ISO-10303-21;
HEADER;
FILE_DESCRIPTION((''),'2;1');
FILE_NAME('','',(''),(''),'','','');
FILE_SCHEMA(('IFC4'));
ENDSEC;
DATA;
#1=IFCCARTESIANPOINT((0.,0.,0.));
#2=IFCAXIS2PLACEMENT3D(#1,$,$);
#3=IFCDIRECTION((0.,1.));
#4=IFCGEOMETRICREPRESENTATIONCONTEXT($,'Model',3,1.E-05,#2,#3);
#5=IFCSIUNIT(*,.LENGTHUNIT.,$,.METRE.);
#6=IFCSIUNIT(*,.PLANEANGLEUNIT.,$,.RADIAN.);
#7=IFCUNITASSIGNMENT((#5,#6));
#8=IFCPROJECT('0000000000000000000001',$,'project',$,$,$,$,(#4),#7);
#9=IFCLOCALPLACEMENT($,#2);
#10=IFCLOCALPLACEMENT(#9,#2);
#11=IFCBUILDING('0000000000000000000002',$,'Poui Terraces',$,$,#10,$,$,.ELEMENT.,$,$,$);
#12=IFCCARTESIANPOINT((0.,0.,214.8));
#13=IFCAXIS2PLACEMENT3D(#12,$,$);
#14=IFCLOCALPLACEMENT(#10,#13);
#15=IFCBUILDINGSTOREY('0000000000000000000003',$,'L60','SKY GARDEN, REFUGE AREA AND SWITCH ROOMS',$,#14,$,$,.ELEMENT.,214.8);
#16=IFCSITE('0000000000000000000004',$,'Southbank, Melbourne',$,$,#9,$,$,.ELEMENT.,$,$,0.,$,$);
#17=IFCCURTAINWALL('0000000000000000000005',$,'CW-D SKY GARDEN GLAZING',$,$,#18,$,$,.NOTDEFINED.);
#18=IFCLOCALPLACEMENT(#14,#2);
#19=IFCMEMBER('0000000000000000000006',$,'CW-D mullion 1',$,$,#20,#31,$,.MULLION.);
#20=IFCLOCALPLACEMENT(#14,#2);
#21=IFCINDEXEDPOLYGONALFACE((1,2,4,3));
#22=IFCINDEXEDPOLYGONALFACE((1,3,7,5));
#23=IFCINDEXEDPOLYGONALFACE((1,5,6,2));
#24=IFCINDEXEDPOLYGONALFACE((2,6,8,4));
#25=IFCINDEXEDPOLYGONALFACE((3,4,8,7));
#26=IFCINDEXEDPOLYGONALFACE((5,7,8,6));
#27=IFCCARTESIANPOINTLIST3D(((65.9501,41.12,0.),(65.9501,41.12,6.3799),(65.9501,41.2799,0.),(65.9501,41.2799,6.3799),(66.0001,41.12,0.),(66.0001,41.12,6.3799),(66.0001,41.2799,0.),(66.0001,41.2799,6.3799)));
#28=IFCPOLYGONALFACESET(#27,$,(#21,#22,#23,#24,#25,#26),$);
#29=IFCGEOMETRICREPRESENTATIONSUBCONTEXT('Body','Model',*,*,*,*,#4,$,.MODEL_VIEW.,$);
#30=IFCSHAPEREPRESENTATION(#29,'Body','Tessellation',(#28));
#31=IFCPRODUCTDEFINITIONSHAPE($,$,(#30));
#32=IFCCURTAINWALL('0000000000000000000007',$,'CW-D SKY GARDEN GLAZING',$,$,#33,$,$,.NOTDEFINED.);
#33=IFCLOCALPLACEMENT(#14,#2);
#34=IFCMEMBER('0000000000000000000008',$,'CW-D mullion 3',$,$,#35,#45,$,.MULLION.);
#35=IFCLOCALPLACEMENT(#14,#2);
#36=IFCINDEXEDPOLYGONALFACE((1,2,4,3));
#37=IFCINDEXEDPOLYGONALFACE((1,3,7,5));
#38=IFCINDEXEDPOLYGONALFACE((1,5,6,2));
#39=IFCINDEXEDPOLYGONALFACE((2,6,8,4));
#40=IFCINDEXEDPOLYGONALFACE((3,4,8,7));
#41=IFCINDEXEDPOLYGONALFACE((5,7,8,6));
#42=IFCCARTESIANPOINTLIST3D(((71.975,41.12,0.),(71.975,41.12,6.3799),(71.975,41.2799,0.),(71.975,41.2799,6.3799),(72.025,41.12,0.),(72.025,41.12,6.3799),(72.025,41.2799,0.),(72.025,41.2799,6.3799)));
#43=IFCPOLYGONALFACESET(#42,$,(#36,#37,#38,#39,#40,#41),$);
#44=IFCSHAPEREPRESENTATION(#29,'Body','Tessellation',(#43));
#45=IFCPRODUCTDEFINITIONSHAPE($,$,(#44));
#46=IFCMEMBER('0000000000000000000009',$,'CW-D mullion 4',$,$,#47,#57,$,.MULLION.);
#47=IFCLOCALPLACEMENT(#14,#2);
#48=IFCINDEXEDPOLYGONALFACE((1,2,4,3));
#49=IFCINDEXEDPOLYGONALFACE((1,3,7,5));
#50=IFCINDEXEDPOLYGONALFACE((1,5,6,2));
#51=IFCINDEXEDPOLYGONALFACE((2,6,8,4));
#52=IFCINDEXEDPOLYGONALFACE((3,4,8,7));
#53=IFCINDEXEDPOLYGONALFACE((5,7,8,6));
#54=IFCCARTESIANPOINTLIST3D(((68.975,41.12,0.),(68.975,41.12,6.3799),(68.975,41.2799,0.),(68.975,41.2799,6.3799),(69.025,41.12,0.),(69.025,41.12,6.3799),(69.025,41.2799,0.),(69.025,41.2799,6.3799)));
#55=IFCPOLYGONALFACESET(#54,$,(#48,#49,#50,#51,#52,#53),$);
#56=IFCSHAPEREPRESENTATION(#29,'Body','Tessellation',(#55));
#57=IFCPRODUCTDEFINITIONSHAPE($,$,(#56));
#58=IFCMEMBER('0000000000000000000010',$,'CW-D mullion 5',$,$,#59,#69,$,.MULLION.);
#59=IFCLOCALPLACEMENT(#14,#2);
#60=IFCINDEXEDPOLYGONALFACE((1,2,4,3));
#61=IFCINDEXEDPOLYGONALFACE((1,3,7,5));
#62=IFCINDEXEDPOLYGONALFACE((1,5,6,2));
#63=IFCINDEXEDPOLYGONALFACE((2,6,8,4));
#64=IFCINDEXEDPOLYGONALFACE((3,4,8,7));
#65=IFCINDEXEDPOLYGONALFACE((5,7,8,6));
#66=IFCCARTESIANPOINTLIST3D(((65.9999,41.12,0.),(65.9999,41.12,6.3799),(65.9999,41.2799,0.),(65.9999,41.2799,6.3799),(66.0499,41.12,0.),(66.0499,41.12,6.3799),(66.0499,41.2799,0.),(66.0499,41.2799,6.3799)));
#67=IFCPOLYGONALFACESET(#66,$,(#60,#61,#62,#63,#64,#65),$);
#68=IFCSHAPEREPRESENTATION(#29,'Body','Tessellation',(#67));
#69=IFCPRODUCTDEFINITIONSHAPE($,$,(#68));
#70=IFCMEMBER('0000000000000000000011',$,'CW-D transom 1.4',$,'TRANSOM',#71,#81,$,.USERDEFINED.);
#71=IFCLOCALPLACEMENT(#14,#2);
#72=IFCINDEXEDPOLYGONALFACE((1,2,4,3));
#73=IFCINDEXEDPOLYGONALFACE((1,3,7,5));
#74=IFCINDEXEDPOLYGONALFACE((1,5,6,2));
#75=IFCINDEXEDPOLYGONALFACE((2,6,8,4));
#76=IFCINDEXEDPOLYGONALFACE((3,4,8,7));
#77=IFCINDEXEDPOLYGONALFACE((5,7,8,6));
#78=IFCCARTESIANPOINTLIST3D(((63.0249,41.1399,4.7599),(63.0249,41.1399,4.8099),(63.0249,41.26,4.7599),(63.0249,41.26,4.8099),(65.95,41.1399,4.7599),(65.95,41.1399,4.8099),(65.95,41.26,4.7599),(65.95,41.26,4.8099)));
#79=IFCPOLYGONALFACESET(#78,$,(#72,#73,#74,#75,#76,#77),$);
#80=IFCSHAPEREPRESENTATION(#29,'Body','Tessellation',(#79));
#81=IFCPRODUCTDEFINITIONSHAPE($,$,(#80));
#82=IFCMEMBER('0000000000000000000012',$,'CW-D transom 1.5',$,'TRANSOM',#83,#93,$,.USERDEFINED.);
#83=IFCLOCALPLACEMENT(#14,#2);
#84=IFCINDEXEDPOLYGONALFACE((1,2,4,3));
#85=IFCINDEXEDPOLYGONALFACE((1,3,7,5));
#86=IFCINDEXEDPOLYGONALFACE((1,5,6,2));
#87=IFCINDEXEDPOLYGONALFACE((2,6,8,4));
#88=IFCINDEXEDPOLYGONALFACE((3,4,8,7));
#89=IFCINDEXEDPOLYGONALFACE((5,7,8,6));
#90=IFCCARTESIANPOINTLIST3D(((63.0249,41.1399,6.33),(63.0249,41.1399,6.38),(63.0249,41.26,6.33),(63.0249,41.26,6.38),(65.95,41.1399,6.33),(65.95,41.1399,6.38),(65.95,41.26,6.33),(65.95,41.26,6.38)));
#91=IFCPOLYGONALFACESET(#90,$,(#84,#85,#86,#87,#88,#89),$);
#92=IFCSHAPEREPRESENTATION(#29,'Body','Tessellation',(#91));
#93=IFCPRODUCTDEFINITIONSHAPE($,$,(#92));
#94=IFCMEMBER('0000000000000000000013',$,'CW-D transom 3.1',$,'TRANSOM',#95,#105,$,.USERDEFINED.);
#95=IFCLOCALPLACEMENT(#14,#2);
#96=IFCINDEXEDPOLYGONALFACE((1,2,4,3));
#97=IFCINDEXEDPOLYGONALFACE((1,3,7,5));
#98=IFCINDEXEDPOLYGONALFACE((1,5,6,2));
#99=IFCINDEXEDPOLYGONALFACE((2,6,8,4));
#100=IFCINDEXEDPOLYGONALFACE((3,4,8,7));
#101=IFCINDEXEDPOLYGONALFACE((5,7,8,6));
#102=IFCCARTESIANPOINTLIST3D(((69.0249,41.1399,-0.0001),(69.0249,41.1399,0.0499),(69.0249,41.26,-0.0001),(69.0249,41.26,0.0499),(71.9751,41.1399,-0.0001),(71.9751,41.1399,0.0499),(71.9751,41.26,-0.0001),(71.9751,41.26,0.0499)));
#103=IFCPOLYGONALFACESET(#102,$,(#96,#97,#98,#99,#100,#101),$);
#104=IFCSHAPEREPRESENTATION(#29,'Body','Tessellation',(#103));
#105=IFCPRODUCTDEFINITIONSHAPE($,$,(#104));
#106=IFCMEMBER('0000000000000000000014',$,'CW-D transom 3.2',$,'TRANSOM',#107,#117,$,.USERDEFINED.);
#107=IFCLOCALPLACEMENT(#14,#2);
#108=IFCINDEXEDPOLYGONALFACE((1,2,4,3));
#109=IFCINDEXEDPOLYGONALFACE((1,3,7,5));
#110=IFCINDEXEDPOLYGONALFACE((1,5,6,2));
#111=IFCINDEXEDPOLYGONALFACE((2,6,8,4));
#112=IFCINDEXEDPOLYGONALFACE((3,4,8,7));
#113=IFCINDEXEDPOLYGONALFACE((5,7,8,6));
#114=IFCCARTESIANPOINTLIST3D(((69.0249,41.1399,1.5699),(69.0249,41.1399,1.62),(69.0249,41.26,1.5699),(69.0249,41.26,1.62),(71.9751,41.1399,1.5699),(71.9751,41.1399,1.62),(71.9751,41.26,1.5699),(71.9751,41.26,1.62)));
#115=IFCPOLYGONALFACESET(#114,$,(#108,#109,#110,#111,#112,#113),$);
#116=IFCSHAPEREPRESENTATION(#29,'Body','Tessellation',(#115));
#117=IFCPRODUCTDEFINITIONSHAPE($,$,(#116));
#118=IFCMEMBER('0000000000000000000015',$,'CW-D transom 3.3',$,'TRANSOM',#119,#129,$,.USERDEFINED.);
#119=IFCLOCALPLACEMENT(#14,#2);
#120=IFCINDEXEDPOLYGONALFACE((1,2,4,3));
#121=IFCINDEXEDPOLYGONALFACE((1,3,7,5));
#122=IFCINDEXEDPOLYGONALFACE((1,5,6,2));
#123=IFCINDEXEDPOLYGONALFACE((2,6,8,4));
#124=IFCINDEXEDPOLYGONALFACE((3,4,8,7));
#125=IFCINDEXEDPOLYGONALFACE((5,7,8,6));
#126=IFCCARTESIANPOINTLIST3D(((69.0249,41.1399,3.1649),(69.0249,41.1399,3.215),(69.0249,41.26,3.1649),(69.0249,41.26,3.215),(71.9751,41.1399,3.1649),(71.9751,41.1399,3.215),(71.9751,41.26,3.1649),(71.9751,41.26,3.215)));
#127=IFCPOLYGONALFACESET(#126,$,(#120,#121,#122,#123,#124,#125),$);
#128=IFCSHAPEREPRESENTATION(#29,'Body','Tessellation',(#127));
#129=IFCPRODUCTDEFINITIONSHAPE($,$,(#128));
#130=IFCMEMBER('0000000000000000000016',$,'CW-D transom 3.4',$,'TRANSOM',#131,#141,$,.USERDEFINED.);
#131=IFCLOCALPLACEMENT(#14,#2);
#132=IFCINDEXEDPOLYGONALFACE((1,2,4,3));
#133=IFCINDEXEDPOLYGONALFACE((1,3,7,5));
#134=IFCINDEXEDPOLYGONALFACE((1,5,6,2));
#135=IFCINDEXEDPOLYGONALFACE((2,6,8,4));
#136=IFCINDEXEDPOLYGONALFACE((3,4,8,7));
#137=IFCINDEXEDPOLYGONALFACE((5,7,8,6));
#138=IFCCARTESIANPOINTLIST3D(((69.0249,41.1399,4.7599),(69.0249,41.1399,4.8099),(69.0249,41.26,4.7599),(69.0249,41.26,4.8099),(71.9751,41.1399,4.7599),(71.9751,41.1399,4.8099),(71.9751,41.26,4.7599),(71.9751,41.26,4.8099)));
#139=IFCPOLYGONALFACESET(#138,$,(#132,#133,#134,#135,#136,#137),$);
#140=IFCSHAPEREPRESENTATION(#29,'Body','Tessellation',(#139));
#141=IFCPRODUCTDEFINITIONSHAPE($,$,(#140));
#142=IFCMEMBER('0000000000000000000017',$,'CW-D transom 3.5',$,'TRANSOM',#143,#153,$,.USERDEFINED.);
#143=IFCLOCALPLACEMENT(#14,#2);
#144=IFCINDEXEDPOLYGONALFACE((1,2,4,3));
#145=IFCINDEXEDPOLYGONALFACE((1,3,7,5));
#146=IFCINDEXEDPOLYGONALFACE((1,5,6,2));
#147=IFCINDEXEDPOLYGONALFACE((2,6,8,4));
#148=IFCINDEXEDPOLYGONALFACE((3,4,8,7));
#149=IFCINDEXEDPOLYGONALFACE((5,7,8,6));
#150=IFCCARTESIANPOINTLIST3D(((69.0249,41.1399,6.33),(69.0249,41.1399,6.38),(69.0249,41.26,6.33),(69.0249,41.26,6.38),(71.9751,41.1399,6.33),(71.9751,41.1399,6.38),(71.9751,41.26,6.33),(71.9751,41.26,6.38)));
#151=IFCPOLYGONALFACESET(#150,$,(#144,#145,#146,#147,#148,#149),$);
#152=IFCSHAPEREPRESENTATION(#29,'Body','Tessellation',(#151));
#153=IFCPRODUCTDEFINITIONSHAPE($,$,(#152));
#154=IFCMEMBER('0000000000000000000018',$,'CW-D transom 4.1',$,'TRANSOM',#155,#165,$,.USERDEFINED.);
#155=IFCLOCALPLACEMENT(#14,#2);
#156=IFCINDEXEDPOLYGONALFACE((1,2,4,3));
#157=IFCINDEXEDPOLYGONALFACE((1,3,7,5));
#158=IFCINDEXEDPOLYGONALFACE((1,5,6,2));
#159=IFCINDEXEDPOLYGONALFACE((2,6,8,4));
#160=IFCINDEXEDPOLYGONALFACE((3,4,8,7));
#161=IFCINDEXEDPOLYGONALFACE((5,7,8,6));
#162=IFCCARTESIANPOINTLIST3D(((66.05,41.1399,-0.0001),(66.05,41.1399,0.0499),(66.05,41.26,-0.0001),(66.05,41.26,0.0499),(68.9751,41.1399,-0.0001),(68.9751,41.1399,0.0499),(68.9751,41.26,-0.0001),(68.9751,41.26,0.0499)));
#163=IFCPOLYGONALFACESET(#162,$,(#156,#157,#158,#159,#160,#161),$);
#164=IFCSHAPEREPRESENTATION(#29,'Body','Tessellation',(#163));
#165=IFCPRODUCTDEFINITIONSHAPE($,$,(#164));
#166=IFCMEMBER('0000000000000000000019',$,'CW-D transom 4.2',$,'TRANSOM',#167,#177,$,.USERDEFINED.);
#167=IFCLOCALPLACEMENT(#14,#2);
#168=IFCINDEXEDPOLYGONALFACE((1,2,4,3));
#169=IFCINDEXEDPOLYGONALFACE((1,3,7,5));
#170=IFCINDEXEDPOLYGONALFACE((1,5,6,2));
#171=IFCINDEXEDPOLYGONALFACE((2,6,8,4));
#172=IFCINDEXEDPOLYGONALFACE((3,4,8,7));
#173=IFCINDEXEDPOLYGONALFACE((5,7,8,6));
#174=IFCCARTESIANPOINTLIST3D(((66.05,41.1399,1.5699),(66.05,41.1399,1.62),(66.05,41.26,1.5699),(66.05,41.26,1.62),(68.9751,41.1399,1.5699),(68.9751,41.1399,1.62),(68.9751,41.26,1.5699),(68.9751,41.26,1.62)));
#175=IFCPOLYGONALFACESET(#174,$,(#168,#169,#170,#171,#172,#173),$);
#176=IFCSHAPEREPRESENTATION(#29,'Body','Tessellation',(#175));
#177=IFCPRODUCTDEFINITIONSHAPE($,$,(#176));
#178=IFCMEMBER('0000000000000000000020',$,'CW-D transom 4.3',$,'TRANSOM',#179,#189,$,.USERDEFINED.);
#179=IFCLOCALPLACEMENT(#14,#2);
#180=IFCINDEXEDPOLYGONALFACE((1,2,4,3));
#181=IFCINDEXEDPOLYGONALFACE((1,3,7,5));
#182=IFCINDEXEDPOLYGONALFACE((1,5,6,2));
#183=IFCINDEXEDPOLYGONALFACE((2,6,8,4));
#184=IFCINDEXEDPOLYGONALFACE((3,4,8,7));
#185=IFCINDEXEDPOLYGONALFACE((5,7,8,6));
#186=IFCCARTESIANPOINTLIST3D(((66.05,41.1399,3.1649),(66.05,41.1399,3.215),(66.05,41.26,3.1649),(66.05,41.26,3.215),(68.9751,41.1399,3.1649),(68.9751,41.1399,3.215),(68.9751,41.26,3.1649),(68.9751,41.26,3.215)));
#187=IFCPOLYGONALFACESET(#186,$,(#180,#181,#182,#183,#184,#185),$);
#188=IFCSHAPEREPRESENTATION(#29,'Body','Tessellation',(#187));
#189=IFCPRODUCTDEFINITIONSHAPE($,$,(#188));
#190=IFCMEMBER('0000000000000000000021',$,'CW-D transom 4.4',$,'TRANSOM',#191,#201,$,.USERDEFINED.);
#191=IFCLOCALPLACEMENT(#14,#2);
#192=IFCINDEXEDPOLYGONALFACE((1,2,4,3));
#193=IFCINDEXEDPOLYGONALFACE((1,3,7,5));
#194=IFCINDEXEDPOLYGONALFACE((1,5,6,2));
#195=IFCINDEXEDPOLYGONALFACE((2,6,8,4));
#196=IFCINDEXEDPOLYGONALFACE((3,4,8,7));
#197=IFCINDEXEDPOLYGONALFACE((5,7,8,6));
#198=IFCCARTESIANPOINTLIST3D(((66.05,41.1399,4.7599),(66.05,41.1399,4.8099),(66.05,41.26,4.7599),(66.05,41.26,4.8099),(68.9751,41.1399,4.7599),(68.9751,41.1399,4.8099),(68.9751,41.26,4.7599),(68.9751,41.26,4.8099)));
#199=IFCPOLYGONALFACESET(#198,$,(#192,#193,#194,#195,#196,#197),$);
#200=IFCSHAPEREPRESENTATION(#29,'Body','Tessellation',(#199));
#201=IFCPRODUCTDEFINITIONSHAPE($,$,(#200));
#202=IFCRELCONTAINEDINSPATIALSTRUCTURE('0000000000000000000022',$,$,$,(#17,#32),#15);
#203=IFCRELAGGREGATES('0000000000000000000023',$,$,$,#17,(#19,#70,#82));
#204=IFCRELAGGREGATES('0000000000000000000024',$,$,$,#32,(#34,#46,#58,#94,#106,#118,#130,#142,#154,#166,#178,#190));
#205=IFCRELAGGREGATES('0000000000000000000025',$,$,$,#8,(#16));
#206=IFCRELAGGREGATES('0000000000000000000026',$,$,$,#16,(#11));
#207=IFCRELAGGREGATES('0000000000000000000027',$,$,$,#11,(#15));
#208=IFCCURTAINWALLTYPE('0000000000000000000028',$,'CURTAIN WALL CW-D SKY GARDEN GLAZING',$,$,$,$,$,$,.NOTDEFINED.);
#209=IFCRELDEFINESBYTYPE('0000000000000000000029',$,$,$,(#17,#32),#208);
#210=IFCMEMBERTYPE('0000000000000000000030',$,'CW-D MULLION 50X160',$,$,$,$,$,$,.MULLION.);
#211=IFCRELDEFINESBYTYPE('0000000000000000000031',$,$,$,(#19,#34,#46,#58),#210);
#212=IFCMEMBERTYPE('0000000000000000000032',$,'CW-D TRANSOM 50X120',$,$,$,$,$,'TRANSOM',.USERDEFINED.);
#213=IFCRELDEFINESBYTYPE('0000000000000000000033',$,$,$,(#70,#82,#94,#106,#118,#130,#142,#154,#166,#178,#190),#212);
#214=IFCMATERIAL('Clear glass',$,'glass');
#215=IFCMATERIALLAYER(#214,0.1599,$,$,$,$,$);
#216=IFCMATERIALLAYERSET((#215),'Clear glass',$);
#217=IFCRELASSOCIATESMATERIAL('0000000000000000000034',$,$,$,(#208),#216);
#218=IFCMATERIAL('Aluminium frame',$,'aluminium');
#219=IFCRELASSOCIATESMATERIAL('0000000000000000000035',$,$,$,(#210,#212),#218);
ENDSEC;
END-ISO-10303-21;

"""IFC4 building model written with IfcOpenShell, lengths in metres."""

from ifc_helpers import new_model, si_unit, direction, frame, origin, origin_2d, place, context, subcontext, project, spatial, rectangle, extrude, material, layer, layer_set, material_profile, profile_set, type_object, element, aggregate, save


model = new_model("IFC4")

# Units and contexts
model_context = context("Model", 3, precision=1e-05, world=origin(), true_north=direction((0.0, 1.0)))
body_context = subcontext(model_context, "Body", "Model", "MODEL_VIEW")
ifc_project = project(units=[si_unit("LENGTHUNIT", "METRE"), si_unit("PLANEANGLEUNIT", "RADIAN")], contexts=[model_context])

# Site, building, storey
site_placement = place(None, origin())
site = spatial("IfcSite", under=ifc_project, at=site_placement, Name="Southbank, Melbourne", CompositionType="ELEMENT", RefElevation=0.0)
building_placement = place(site_placement, origin())
building = spatial("IfcBuilding", under=site, at=building_placement, Name="Poui Terraces", CompositionType="ELEMENT")
storey_placement = place(building_placement, frame((0.0, 0.0, 214.8)))
storey = spatial("IfcBuildingStorey", under=building, at=storey_placement, Name="L60", Description="SKY GARDEN, REFUGE AREA AND SWITCH ROOMS", CompositionType="ELEMENT", Elevation=214.8)

# Curtain wall, member
ifc_material_1 = material(Name="Clear glass", Category="glass")
ifc_layer_1 = layer(ifc_material_1, 0.1599)
ifc_layer_set_1 = layer_set([ifc_layer_1], Name="Clear glass")
curtain_wall_type = type_object("IfcCurtainWallType", Name="CURTAIN WALL CW-D SKY GARDEN GLAZING", PredefinedType="NOTDEFINED", material=ifc_layer_set_1)
curtain_wall_1_placement = place(storey_placement, origin())
curtain_wall_1 = element("IfcCurtainWall", 1, at=curtain_wall_1_placement, inside=storey, type_object=curtain_wall_type, Name="CW-D SKY GARDEN GLAZING", PredefinedType="NOTDEFINED")
ifc_material_2 = material(Name="Aluminium frame", Category="aluminium")
ifc_material_profile_1 = material_profile(ifc_material_2, rectangle(XDim=0.1599, YDim=0.05, at=origin_2d()), Name="CW-D MULLION 50X160")
ifc_profile_set_1 = profile_set([ifc_material_profile_1], Name="Aluminium frame")
member_type_1 = type_object("IfcMemberType", Name="CW-D MULLION 50X160", PredefinedType="MULLION", material=ifc_profile_set_1)
member_1_placement = place(storey_placement, frame((65.9751, 41.2, 0.0), z_axis=(0.0, 0.0, 1.0), x_axis=(0.0, -1.0, 0.0)))
member_1 = element("IfcMember", 2, at=member_1_placement, type_object=member_type_1, Name="CW-D mullion 1", PredefinedType="MULLION", context=body_context, shape_type="SweptSolid", body=[
    extrude(rectangle(XDim=0.1599, YDim=0.05, at=origin_2d()), origin(), (0.0, 0.0, 1.0), 6.3799),
])

# Curtain wall, members
curtain_wall_2_placement = place(storey_placement, origin())
curtain_wall_2 = element("IfcCurtainWall", 3, at=curtain_wall_2_placement, inside=storey, type_object=curtain_wall_type, Name="CW-D SKY GARDEN GLAZING", PredefinedType="NOTDEFINED")
member_2_placement = place(storey_placement, frame((72.0, 41.2, 0.0), z_axis=(0.0, 0.0, 1.0), x_axis=(0.0, -1.0, 0.0)))
member_2 = element("IfcMember", 4, at=member_2_placement, type_object=member_type_1, Name="CW-D mullion 3", PredefinedType="MULLION", context=body_context, shape_type="SweptSolid", body=[
    extrude(rectangle(XDim=0.1599, YDim=0.05, at=origin_2d()), origin(), (0.0, 0.0, 1.0), 6.3799),
])
member_3_placement = place(storey_placement, frame((69.0, 41.2, 0.0), z_axis=(0.0, 0.0, 1.0), x_axis=(0.0, -1.0, 0.0)))
member_3 = element("IfcMember", 5, at=member_3_placement, type_object=member_type_1, Name="CW-D mullion 4", PredefinedType="MULLION", context=body_context, shape_type="SweptSolid", body=[
    extrude(rectangle(XDim=0.1599, YDim=0.05, at=origin_2d()), origin(), (0.0, 0.0, 1.0), 6.3799),
])
member_4_placement = place(storey_placement, frame((66.0249, 41.2, 0.0), z_axis=(0.0, 0.0, 1.0), x_axis=(0.0, -1.0, 0.0)))
member_4 = element("IfcMember", 6, at=member_4_placement, type_object=member_type_1, Name="CW-D mullion 5", PredefinedType="MULLION", context=body_context, shape_type="SweptSolid", body=[
    extrude(rectangle(XDim=0.1599, YDim=0.05, at=origin_2d()), origin(), (0.0, 0.0, 1.0), 6.3799),
])

# Members
ifc_material_profile_2 = material_profile(ifc_material_2, rectangle(XDim=0.1201, YDim=0.05, at=origin_2d()), Name="CW-D TRANSOM 50X120")
ifc_profile_set_2 = profile_set([ifc_material_profile_2], Name="Aluminium frame")
member_type_2 = type_object("IfcMemberType", Name="CW-D TRANSOM 50X120", ElementType="TRANSOM", PredefinedType="USERDEFINED", material=ifc_profile_set_2)
member_5_placement = place(storey_placement, frame((65.95, 41.2, 4.7849), z_axis=(-1.0, 0.0, 0.0), x_axis=(0.0, -1.0, 0.0)))
member_5 = element("IfcMember", 7, at=member_5_placement, type_object=member_type_2, Name="CW-D transom 1.4", ObjectType="TRANSOM", PredefinedType="USERDEFINED", context=body_context, shape_type="SweptSolid", body=[
    extrude(rectangle(XDim=0.1201, YDim=0.05, at=origin_2d()), origin(), (0.0, 0.0, 1.0), 2.925),
])
member_6_placement = place(storey_placement, frame((65.95, 41.2, 6.355), z_axis=(-1.0, 0.0, 0.0), x_axis=(0.0, -1.0, 0.0)))
member_6 = element("IfcMember", 8, at=member_6_placement, type_object=member_type_2, Name="CW-D transom 1.5", ObjectType="TRANSOM", PredefinedType="USERDEFINED", context=body_context, shape_type="SweptSolid", body=[
    extrude(rectangle(XDim=0.1201, YDim=0.05, at=origin_2d()), origin(), (0.0, 0.0, 1.0), 2.925),
])
aggregate(curtain_wall_1, [member_1, member_5, member_6])
member_7_placement = place(storey_placement, frame((71.9751, 41.2, 0.0249), z_axis=(-1.0, 0.0, 0.0), x_axis=(0.0, -1.0, 0.0)))
member_7 = element("IfcMember", 9, at=member_7_placement, type_object=member_type_2, Name="CW-D transom 3.1", ObjectType="TRANSOM", PredefinedType="USERDEFINED", context=body_context, shape_type="SweptSolid", body=[
    extrude(rectangle(XDim=0.1201, YDim=0.05, at=origin_2d()), origin(), (0.0, 0.0, 1.0), 2.9502),
])
member_8_placement = place(storey_placement, frame((71.9751, 41.2, 1.595), z_axis=(-1.0, 0.0, 0.0), x_axis=(0.0, -1.0, 0.0)))
member_8 = element("IfcMember", 10, at=member_8_placement, type_object=member_type_2, Name="CW-D transom 3.2", ObjectType="TRANSOM", PredefinedType="USERDEFINED", context=body_context, shape_type="SweptSolid", body=[
    extrude(rectangle(XDim=0.1201, YDim=0.05, at=origin_2d()), origin(), (0.0, 0.0, 1.0), 2.9502),
])
member_9_placement = place(storey_placement, frame((71.9751, 41.2, 3.1899), z_axis=(-1.0, 0.0, 0.0), x_axis=(0.0, -1.0, 0.0)))
member_9 = element("IfcMember", 11, at=member_9_placement, type_object=member_type_2, Name="CW-D transom 3.3", ObjectType="TRANSOM", PredefinedType="USERDEFINED", context=body_context, shape_type="SweptSolid", body=[
    extrude(rectangle(XDim=0.1201, YDim=0.05, at=origin_2d()), origin(), (0.0, 0.0, 1.0), 2.9502),
])
member_10_placement = place(storey_placement, frame((71.9751, 41.2, 4.7849), z_axis=(-1.0, 0.0, 0.0), x_axis=(0.0, -1.0, 0.0)))
member_10 = element("IfcMember", 12, at=member_10_placement, type_object=member_type_2, Name="CW-D transom 3.4", ObjectType="TRANSOM", PredefinedType="USERDEFINED", context=body_context, shape_type="SweptSolid", body=[
    extrude(rectangle(XDim=0.1201, YDim=0.05, at=origin_2d()), origin(), (0.0, 0.0, 1.0), 2.9502),
])
member_11_placement = place(storey_placement, frame((71.9751, 41.2, 6.355), z_axis=(-1.0, 0.0, 0.0), x_axis=(0.0, -1.0, 0.0)))
member_11 = element("IfcMember", 13, at=member_11_placement, type_object=member_type_2, Name="CW-D transom 3.5", ObjectType="TRANSOM", PredefinedType="USERDEFINED", context=body_context, shape_type="SweptSolid", body=[
    extrude(rectangle(XDim=0.1201, YDim=0.05, at=origin_2d()), origin(), (0.0, 0.0, 1.0), 2.9502),
])
member_12_placement = place(storey_placement, frame((68.9751, 41.2, 0.0249), z_axis=(-1.0, 0.0, 0.0), x_axis=(0.0, -1.0, 0.0)))
member_12 = element("IfcMember", 14, at=member_12_placement, type_object=member_type_2, Name="CW-D transom 4.1", ObjectType="TRANSOM", PredefinedType="USERDEFINED", context=body_context, shape_type="SweptSolid", body=[
    extrude(rectangle(XDim=0.1201, YDim=0.05, at=origin_2d()), origin(), (0.0, 0.0, 1.0), 2.925),
])
member_13_placement = place(storey_placement, frame((68.9751, 41.2, 1.595), z_axis=(-1.0, 0.0, 0.0), x_axis=(0.0, -1.0, 0.0)))
member_13 = element("IfcMember", 15, at=member_13_placement, type_object=member_type_2, Name="CW-D transom 4.2", ObjectType="TRANSOM", PredefinedType="USERDEFINED", context=body_context, shape_type="SweptSolid", body=[
    extrude(rectangle(XDim=0.1201, YDim=0.05, at=origin_2d()), origin(), (0.0, 0.0, 1.0), 2.925),
])
member_14_placement = place(storey_placement, frame((68.9751, 41.2, 3.1899), z_axis=(-1.0, 0.0, 0.0), x_axis=(0.0, -1.0, 0.0)))
member_14 = element("IfcMember", 16, at=member_14_placement, type_object=member_type_2, Name="CW-D transom 4.3", ObjectType="TRANSOM", PredefinedType="USERDEFINED", context=body_context, shape_type="SweptSolid", body=[
    extrude(rectangle(XDim=0.1201, YDim=0.05, at=origin_2d()), origin(), (0.0, 0.0, 1.0), 2.925),
])
member_15_placement = place(storey_placement, frame((68.9751, 41.2, 4.7849), z_axis=(-1.0, 0.0, 0.0), x_axis=(0.0, -1.0, 0.0)))
member_15 = element("IfcMember", 17, at=member_15_placement, type_object=member_type_2, Name="CW-D transom 4.4", ObjectType="TRANSOM", PredefinedType="USERDEFINED", context=body_context, shape_type="SweptSolid", body=[
    extrude(rectangle(XDim=0.1201, YDim=0.05, at=origin_2d()), origin(), (0.0, 0.0, 1.0), 2.925),
])

aggregate(curtain_wall_2, [member_2, member_3, member_4, member_7, member_8, member_9, member_10, member_11, member_12, member_13, member_14, member_15])

save(model, "model.ifc")
